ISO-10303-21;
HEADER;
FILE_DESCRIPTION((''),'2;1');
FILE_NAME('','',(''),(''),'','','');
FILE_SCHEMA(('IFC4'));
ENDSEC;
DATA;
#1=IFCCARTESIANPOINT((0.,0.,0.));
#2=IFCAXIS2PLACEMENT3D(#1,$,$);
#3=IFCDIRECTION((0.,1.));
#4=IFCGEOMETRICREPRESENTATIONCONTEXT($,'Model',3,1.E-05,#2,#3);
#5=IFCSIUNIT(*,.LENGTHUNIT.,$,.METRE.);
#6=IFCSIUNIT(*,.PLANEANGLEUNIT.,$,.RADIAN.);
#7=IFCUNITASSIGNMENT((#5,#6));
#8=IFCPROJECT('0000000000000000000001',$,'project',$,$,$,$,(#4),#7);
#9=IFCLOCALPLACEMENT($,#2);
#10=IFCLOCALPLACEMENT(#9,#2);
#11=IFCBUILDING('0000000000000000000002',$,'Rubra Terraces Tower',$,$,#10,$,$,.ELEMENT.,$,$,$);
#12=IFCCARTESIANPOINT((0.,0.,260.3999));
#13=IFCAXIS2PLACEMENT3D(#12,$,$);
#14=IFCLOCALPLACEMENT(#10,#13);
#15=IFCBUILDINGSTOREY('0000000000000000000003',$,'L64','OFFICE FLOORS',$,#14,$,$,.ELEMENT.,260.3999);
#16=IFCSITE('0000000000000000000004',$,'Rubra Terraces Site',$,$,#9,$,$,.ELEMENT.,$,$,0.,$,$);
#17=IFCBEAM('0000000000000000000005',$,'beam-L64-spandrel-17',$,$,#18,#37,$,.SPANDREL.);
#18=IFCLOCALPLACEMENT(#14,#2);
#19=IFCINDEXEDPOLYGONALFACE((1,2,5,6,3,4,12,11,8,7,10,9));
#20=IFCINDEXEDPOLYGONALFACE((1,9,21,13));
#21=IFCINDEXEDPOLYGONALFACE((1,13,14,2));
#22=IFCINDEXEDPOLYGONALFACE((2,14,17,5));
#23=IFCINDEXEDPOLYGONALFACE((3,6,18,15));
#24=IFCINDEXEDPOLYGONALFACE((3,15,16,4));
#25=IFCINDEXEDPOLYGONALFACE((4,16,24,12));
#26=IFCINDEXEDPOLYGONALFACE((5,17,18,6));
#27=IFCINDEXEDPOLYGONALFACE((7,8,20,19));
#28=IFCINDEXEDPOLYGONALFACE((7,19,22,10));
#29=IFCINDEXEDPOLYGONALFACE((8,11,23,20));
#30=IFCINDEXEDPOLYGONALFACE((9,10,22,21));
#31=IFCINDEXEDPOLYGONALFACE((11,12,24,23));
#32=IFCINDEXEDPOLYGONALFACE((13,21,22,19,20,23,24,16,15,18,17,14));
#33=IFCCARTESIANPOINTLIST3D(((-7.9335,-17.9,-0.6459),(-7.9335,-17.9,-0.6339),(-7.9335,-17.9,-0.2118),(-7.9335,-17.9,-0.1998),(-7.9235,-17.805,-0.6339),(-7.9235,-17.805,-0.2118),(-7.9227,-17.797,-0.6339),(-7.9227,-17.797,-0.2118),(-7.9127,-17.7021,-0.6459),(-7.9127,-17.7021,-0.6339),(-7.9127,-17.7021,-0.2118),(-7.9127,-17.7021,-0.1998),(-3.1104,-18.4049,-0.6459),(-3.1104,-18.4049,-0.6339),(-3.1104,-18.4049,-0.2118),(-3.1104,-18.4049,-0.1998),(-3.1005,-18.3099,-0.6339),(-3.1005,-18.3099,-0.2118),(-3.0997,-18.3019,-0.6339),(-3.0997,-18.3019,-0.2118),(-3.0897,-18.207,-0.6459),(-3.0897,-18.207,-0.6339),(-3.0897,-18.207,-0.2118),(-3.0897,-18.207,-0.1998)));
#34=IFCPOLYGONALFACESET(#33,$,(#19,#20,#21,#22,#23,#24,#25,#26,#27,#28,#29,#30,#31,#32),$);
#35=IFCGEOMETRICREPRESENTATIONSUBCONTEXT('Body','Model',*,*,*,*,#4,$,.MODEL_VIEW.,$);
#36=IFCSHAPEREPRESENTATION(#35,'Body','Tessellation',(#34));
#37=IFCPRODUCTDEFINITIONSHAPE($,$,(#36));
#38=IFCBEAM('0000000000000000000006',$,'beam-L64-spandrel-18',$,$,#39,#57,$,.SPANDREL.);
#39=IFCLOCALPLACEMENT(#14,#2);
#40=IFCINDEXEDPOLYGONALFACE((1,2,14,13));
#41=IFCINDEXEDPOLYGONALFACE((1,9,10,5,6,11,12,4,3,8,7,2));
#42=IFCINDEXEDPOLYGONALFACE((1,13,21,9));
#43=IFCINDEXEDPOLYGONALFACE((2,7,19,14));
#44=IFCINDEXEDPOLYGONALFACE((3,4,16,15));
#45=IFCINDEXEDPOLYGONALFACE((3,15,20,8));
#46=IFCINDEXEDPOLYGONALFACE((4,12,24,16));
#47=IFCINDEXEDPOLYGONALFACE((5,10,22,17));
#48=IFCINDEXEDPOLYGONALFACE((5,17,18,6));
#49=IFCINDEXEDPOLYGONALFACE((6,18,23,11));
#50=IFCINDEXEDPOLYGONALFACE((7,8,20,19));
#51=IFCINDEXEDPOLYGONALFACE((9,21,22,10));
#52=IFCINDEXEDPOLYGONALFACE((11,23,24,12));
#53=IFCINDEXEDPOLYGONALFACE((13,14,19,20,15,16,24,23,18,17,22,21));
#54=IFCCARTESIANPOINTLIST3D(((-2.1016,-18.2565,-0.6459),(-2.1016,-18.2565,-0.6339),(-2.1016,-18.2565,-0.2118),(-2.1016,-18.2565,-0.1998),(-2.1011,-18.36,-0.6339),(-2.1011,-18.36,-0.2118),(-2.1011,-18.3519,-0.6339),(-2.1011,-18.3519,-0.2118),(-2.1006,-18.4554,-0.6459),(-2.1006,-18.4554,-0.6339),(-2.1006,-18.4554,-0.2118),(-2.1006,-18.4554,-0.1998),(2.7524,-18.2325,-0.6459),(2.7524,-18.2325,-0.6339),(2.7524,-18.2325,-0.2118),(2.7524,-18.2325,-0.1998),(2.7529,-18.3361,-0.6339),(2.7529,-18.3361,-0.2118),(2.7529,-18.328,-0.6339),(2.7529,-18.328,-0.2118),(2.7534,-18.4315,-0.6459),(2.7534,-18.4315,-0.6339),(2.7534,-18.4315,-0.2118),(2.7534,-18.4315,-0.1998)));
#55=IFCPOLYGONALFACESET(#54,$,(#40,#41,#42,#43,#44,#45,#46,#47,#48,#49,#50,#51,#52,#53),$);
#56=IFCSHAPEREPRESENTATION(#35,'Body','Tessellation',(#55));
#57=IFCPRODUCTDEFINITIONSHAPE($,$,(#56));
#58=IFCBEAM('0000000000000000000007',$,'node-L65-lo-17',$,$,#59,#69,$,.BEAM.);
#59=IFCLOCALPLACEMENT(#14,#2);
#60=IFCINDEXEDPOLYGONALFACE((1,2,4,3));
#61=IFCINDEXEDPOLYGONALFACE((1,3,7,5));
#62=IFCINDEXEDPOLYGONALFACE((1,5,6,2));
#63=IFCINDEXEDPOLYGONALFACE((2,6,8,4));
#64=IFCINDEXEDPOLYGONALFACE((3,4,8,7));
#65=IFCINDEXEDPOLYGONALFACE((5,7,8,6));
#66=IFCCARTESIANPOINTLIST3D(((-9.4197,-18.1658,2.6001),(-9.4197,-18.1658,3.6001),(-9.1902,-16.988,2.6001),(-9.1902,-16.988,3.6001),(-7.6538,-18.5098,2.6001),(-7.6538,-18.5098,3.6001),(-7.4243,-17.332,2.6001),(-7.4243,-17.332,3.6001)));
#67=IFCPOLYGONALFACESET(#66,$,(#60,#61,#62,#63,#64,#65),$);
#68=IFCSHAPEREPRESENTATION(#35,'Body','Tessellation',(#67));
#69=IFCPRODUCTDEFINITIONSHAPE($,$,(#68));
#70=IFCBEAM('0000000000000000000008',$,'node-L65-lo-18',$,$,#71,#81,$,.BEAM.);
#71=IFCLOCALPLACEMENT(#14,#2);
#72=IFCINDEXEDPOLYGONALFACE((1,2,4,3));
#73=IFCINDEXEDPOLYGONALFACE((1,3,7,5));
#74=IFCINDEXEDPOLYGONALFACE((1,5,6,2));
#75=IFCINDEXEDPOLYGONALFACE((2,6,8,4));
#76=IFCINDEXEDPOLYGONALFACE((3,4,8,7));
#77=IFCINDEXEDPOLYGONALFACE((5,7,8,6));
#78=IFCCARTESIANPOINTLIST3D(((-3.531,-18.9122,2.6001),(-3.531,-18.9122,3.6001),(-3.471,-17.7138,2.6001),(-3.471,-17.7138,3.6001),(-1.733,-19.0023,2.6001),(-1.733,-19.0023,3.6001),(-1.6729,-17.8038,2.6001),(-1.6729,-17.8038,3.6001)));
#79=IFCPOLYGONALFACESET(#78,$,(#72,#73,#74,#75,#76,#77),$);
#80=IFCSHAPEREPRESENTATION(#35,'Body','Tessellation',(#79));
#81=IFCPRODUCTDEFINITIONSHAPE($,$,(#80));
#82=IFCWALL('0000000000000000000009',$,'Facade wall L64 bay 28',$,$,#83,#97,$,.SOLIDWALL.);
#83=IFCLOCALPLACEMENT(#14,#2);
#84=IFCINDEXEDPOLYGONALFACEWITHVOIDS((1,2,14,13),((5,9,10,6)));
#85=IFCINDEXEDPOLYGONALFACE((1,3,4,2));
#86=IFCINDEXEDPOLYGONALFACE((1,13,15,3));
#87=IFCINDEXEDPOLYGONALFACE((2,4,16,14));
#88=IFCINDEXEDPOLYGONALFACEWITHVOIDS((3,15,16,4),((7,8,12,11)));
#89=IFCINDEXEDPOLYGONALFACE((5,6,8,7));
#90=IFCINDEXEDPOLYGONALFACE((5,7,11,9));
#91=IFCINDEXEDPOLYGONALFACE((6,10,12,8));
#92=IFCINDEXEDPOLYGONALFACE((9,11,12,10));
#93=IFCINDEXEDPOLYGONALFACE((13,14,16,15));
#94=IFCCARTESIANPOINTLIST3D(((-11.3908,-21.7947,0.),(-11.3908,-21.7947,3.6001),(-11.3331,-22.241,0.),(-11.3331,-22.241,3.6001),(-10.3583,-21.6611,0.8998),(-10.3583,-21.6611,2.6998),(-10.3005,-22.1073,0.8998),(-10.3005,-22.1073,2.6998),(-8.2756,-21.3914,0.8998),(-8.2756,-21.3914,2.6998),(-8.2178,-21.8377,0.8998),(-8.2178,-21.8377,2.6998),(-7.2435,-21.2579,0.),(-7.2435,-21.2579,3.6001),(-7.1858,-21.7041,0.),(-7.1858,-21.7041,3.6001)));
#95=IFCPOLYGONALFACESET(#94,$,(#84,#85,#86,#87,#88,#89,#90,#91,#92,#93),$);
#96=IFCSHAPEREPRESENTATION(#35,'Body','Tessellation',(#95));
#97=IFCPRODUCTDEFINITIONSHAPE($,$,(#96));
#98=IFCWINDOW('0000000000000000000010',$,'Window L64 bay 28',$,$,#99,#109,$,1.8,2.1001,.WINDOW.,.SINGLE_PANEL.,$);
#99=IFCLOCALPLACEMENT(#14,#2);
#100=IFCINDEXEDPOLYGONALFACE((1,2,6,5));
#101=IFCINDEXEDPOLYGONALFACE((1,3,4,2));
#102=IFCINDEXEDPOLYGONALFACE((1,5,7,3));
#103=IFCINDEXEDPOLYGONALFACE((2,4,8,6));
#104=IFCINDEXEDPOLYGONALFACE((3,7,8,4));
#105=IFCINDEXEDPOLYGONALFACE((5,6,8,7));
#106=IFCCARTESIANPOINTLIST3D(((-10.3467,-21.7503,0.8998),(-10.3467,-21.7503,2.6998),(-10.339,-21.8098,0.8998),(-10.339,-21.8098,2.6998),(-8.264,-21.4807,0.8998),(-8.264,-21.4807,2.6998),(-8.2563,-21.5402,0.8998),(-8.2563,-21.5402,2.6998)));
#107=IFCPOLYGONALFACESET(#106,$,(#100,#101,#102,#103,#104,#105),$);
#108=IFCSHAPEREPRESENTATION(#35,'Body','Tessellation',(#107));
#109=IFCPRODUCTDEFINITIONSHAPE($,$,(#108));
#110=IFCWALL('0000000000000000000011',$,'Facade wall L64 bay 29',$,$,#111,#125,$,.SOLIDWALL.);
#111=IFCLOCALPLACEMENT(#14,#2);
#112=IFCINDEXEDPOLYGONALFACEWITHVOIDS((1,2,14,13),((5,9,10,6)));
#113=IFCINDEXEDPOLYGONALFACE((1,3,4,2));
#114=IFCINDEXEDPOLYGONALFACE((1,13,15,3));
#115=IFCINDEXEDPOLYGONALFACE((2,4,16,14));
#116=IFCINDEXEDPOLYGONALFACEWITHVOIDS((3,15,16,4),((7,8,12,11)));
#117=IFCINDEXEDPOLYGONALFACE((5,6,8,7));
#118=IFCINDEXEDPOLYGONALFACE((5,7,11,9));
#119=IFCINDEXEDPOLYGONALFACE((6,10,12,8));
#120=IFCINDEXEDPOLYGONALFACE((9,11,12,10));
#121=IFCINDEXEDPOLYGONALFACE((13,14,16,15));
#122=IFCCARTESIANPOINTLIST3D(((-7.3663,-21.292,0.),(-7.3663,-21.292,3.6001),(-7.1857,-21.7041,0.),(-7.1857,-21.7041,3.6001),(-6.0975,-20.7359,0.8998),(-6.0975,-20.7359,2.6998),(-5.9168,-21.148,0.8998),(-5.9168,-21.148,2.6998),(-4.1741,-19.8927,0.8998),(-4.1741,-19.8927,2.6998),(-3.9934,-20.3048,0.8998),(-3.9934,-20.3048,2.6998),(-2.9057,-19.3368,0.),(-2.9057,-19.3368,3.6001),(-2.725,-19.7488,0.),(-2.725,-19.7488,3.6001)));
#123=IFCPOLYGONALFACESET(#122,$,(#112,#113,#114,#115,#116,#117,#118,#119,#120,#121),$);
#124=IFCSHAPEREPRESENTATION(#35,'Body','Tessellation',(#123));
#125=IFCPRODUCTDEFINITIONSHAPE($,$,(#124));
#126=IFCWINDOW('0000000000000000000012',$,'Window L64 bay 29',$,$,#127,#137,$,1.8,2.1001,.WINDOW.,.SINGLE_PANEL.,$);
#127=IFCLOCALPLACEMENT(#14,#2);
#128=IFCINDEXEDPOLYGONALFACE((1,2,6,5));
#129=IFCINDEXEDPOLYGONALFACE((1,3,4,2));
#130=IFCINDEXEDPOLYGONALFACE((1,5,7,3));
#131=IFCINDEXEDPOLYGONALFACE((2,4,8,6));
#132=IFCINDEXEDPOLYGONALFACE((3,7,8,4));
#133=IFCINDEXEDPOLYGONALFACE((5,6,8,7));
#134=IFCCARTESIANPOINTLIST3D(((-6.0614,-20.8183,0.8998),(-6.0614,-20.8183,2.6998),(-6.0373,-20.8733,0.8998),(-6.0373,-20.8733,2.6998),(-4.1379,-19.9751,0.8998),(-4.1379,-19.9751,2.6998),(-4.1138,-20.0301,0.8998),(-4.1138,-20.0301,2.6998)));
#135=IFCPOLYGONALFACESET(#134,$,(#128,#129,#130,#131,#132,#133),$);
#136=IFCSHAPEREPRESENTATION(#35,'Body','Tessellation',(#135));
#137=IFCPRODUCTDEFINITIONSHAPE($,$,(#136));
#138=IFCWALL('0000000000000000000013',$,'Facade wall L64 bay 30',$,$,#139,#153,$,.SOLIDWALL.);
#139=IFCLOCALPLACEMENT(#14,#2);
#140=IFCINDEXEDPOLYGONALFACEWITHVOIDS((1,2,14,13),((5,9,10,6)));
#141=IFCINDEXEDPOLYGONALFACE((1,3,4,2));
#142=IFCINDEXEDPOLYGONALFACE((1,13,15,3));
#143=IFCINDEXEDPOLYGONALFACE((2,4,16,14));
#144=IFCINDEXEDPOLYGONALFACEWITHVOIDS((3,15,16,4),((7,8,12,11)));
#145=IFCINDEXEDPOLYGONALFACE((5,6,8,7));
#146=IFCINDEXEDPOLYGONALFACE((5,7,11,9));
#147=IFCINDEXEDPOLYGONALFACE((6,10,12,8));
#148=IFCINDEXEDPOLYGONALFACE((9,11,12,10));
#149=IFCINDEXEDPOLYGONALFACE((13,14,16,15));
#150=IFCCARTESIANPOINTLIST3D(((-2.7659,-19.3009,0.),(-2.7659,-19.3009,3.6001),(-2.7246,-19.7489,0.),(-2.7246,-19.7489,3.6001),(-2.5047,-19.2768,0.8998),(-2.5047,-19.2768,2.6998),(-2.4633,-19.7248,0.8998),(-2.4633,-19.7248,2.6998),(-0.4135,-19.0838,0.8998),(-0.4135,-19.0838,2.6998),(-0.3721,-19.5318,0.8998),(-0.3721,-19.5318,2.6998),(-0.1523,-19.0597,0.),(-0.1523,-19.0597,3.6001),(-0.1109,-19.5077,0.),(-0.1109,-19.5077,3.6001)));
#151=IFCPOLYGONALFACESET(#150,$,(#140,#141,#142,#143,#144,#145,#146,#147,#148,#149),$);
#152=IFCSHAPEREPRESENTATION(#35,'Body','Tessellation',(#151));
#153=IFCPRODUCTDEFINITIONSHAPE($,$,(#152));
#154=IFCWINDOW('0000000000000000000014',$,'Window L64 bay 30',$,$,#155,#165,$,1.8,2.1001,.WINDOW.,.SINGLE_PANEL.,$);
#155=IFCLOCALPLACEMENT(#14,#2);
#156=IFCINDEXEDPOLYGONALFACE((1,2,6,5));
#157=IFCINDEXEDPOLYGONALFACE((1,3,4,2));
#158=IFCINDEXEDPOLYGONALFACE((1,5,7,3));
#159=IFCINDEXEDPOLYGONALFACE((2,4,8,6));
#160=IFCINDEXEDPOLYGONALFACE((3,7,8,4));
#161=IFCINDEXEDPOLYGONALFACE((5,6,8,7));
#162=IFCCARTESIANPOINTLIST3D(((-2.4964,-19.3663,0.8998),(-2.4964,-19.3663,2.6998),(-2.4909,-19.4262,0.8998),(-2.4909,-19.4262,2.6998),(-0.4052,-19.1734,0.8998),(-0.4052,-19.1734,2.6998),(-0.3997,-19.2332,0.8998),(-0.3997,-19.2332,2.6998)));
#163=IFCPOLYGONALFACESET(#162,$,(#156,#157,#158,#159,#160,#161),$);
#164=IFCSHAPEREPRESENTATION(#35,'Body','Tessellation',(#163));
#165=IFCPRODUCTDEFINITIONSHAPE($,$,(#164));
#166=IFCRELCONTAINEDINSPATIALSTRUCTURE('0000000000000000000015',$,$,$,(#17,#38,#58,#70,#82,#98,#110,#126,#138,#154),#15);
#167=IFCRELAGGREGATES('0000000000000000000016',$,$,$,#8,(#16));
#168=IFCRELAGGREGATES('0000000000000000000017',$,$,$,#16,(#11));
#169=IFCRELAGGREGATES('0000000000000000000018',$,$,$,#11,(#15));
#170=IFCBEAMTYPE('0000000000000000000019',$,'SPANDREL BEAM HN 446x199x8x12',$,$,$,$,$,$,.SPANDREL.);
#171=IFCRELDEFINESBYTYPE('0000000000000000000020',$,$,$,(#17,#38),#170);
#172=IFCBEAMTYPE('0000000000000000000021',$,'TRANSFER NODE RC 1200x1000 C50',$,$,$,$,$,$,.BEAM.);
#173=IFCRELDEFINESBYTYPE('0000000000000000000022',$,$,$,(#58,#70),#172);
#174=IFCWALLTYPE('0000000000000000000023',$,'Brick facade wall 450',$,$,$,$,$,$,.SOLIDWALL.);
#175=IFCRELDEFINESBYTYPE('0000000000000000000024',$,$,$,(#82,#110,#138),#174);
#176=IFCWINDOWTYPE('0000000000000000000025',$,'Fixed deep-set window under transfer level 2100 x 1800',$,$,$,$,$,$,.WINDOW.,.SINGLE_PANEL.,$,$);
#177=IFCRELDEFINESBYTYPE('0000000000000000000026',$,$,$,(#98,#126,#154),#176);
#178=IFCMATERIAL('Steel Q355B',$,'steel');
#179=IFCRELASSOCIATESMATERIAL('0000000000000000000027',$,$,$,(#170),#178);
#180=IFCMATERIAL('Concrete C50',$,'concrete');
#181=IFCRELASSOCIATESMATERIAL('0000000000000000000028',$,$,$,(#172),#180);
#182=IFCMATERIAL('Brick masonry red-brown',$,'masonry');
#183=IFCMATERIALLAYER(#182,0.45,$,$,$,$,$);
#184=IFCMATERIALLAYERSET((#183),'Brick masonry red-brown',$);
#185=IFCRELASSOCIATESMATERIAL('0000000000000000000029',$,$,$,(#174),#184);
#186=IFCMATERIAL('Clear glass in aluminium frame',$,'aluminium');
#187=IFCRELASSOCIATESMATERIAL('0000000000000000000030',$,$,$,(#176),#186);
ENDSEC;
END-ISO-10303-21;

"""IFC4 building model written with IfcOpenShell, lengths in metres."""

from ifc_helpers import new_model, si_unit, direction, frame, frame_2d, origin, origin_2d, place, context, subcontext, project, spatial, rectangle, i_section, extrude, material, layer, layer_set, material_profile, profile_set, type_object, element, fill, save


model = new_model("IFC4")

# Units and contexts
model_context = context("Model", 3, precision=1e-05, world=origin(), true_north=direction((0.0, 1.0)))
body_context = subcontext(model_context, "Body", "Model", "MODEL_VIEW")
ifc_project = project(units=[si_unit("LENGTHUNIT", "METRE"), si_unit("PLANEANGLEUNIT", "RADIAN")], contexts=[model_context])

# Site, building, storey
site_placement = place(None, origin())
site = spatial("IfcSite", under=ifc_project, at=site_placement, Name="Rubra Terraces Site", CompositionType="ELEMENT", RefElevation=0.0)
building_placement = place(site_placement, origin())
building = spatial("IfcBuilding", under=site, at=building_placement, Name="Rubra Terraces Tower", CompositionType="ELEMENT")
storey_placement = place(building_placement, frame((0.0, 0.0, 260.3999)))
storey = spatial("IfcBuildingStorey", under=building, at=storey_placement, Name="L64", Description="OFFICE FLOORS", CompositionType="ELEMENT", Elevation=260.3999)

# Shared definitions
ifc_material_1 = material(Name="Concrete C50", Category="concrete")

# Beams
ifc_material_2 = material(Name="Steel Q355B", Category="steel")
ifc_material_profile_1 = material_profile(ifc_material_2, i_section(OverallWidth=0.199, OverallDepth=0.446, WebThickness=0.0081, FlangeThickness=0.012, at=origin_2d()), Name="HN 446x199x8x12")
ifc_profile_set_1 = profile_set([ifc_material_profile_1], Name="Steel Q355B")
beam_type_1 = type_object("IfcBeamType", Name="SPANDREL BEAM HN 446x199x8x12", PredefinedType="SPANDREL", material=ifc_profile_set_1)
beam_1_placement = place(storey_placement, frame((-7.9231, -17.801, -0.4229), z_axis=(0.994565, -0.104113, 0.0), x_axis=(0.104113, 0.994565, 0.0)))
element("IfcBeam", 1, at=beam_1_placement, inside=storey, type_object=beam_type_1, Name="beam-L64-spandrel-17", PredefinedType="SPANDREL", context=body_context, shape_type="SweptSolid", body=[
    extrude(i_section(OverallWidth=0.199, OverallDepth=0.446, WebThickness=0.0081, FlangeThickness=0.012, at=origin_2d()), origin(), (0.0, 0.0, 1.0), 4.8494),
])
beam_2_placement = place(storey_placement, frame((-2.1011, -18.356, -0.4229), z_axis=(0.999988, 0.004929, 0.0), x_axis=(-0.004929, 0.999988, 0.0)))
element("IfcBeam", 2, at=beam_2_placement, inside=storey, type_object=beam_type_1, Name="beam-L64-spandrel-18", PredefinedType="SPANDREL", context=body_context, shape_type="SweptSolid", body=[
    extrude(i_section(OverallWidth=0.199, OverallDepth=0.446, WebThickness=0.0081, FlangeThickness=0.012, at=origin_2d()), origin(), (0.0, 0.0, 1.0), 4.854),
])
ifc_material_profile_2 = material_profile(ifc_material_1, rectangle(XDim=1.2, YDim=1.0, at=origin_2d()), Name="RC 1200x1000")
ifc_profile_set_2 = profile_set([ifc_material_profile_2], Name="Concrete C50")
beam_type_2 = type_object("IfcBeamType", Name="TRANSFER NODE RC 1200x1000 C50", PredefinedType="BEAM", material=ifc_profile_set_2)
beam_3_placement = place(storey_placement, frame((-9.3049, -17.5769, 3.1001), z_axis=(0.98155, -0.191207, 0.0), x_axis=(0.191207, 0.98155, 0.0)))
element("IfcBeam", 3, at=beam_3_placement, inside=storey, type_object=beam_type_2, Name="node-L65-lo-17", PredefinedType="BEAM", context=body_context, shape_type="SweptSolid", body=[
    extrude(rectangle(XDim=1.2, YDim=1.0, at=origin_2d()), origin(), (0.0, 0.0, 1.0), 1.7991),
])
beam_4_placement = place(storey_placement, frame((-3.501, -18.313, 3.1001), z_axis=(0.998747, -0.050039, 0.0), x_axis=(0.050039, 0.998747, 0.0)))
element("IfcBeam", 4, at=beam_4_placement, inside=storey, type_object=beam_type_2, Name="node-L65-lo-18", PredefinedType="BEAM", context=body_context, shape_type="SweptSolid", body=[
    extrude(rectangle(XDim=1.2, YDim=1.0, at=origin_2d()), origin(), (0.0, 0.0, 1.0), 1.8003),
])

# Walls, openings, windows
ifc_material_3 = material(Name="Brick masonry red-brown", Category="masonry")
ifc_layer_1 = layer(ifc_material_3, 0.45)
ifc_layer_set_1 = layer_set([ifc_layer_1], Name="Brick masonry red-brown")
wall_type_1 = type_object("IfcWallType", Name="Brick facade wall 450", PredefinedType="SOLIDWALL", material=ifc_layer_set_1)
wall_1_placement = place(storey_placement, frame((-11.3618, -22.0178, 0.0), z_axis=(0.0, 0.0, 1.0), x_axis=(0.991725, 0.128381, 0.0)))
wall_1 = element("IfcWall", 5, at=wall_1_placement, inside=storey, type_object=wall_type_1, Name="Facade wall L64 bay 28", PredefinedType="SOLIDWALL", context=body_context, shape_type="SweptSolid", body=[
    extrude(rectangle(XDim=4.1819, YDim=0.45, at=frame_2d((2.0908, 0.0))), origin(), (0.0, 0.0, 1.0), 3.6001),
])
opening_1_placement = place(wall_1_placement, frame((1.041, 0.0, 0.8999)))
opening_1 = element("IfcOpeningElement", 6, at=opening_1_placement, cuts=wall_1, PredefinedType="OPENING", context=body_context, shape_type="SweptSolid", body=[
    extrude(rectangle(XDim=2.1001, YDim=1.8, at=frame_2d((1.05, 0.8999))), frame((0.0, 0.2349, 0.0), z_axis=(0.0, -1.0, 0.0), x_axis=(1.0, 0.0, 0.0)), (0.0, 0.0, 1.0), 0.47),
])
ifc_material_4 = material(Name="Clear glass in aluminium frame", Category="aluminium")
window_type = type_object("IfcWindowType", Name="Fixed deep-set window under transfer level 2100 x 1800", PartitioningType="SINGLE_PANEL", PredefinedType="WINDOW", material=ifc_material_4)
window_1_placement = place(opening_1_placement, origin())
window_1 = element("IfcWindow", 7, at=window_1_placement, inside=storey, type_object=window_type, Name="Window L64 bay 28", OverallHeight=1.8, OverallWidth=2.1001, PartitioningType="SINGLE_PANEL", PredefinedType="WINDOW", context=body_context, shape_type="SweptSolid", body=[
    extrude(rectangle(XDim=2.1001, YDim=1.8, at=frame_2d((1.05, 0.8999))), frame((0.0, 0.135, 0.0), z_axis=(0.0, -1.0, 0.0), x_axis=(1.0, 0.0, 0.0)), (0.0, 0.0, 1.0), 0.0601),
])
fill(opening_1, window_1)
wall_2_placement = place(storey_placement, frame((-7.2759, -21.498, 0.0), z_axis=(0.0, 0.0, 1.0), x_axis=(0.915873, 0.401468, 0.0)))
wall_2 = element("IfcWall", 8, at=wall_2_placement, inside=storey, type_object=wall_type_1, Name="Facade wall L64 bay 29", PredefinedType="SOLIDWALL", context=body_context, shape_type="SweptSolid", body=[
    extrude(rectangle(XDim=4.8704, YDim=0.45, at=frame_2d((2.4351, 0.0))), origin(), (0.0, 0.0, 1.0), 3.6001),
])
opening_2_placement = place(wall_2_placement, frame((1.3853, 0.0, 0.8999)))
opening_2 = element("IfcOpeningElement", 9, at=opening_2_placement, cuts=wall_2, PredefinedType="OPENING", context=body_context, shape_type="SweptSolid", body=[
    extrude(rectangle(XDim=2.1001, YDim=1.8, at=frame_2d((1.05, 0.8999))), frame((0.0, 0.2349, 0.0), z_axis=(0.0, -1.0, 0.0), x_axis=(1.0, 0.0, 0.0)), (0.0, 0.0, 1.0), 0.47),
])
window_2_placement = place(opening_2_placement, origin())
window_2 = element("IfcWindow", 10, at=window_2_placement, inside=storey, type_object=window_type, Name="Window L64 bay 29", OverallHeight=1.8, OverallWidth=2.1001, PartitioningType="SINGLE_PANEL", PredefinedType="WINDOW", context=body_context, shape_type="SweptSolid", body=[
    extrude(rectangle(XDim=2.1001, YDim=1.8, at=frame_2d((1.05, 0.8999))), frame((0.0, 0.135, 0.0), z_axis=(0.0, -1.0, 0.0), x_axis=(1.0, 0.0, 0.0)), (0.0, 0.0, 1.0), 0.0601),
])
fill(opening_2, window_2)
wall_3_placement = place(storey_placement, frame((-2.7454, -19.5249, 0.0), z_axis=(0.0, 0.0, 1.0), x_axis=(0.995769, 0.091894, 0.0)))
wall_3 = element("IfcWall", 11, at=wall_3_placement, inside=storey, type_object=wall_type_1, Name="Facade wall L64 bay 30", PredefinedType="SOLIDWALL", context=body_context, shape_type="SweptSolid", body=[
    extrude(rectangle(XDim=2.6248, YDim=0.45, at=frame_2d((1.3125, 0.0))), origin(), (0.0, 0.0, 1.0), 3.6001),
])
opening_3_placement = place(wall_3_placement, frame((0.2625, 0.0, 0.8999)))
opening_3 = element("IfcOpeningElement", 12, at=opening_3_placement, cuts=wall_3, PredefinedType="OPENING", context=body_context, shape_type="SweptSolid", body=[
    extrude(rectangle(XDim=2.1001, YDim=1.8, at=frame_2d((1.05, 0.8999))), frame((0.0, 0.2349, 0.0), z_axis=(0.0, -1.0, 0.0), x_axis=(1.0, 0.0, 0.0)), (0.0, 0.0, 1.0), 0.47),
])
window_3_placement = place(opening_3_placement, origin())
window_3 = element("IfcWindow", 13, at=window_3_placement, inside=storey, type_object=window_type, Name="Window L64 bay 30", OverallHeight=1.8, OverallWidth=2.1001, PartitioningType="SINGLE_PANEL", PredefinedType="WINDOW", context=body_context, shape_type="SweptSolid", body=[
    extrude(rectangle(XDim=2.1001, YDim=1.8, at=frame_2d((1.05, 0.8999))), frame((0.0, 0.135, 0.0), z_axis=(0.0, -1.0, 0.0), x_axis=(1.0, 0.0, 0.0)), (0.0, 0.0, 1.0), 0.0601),
])
fill(opening_3, window_3)

save(model, "model.ifc")
